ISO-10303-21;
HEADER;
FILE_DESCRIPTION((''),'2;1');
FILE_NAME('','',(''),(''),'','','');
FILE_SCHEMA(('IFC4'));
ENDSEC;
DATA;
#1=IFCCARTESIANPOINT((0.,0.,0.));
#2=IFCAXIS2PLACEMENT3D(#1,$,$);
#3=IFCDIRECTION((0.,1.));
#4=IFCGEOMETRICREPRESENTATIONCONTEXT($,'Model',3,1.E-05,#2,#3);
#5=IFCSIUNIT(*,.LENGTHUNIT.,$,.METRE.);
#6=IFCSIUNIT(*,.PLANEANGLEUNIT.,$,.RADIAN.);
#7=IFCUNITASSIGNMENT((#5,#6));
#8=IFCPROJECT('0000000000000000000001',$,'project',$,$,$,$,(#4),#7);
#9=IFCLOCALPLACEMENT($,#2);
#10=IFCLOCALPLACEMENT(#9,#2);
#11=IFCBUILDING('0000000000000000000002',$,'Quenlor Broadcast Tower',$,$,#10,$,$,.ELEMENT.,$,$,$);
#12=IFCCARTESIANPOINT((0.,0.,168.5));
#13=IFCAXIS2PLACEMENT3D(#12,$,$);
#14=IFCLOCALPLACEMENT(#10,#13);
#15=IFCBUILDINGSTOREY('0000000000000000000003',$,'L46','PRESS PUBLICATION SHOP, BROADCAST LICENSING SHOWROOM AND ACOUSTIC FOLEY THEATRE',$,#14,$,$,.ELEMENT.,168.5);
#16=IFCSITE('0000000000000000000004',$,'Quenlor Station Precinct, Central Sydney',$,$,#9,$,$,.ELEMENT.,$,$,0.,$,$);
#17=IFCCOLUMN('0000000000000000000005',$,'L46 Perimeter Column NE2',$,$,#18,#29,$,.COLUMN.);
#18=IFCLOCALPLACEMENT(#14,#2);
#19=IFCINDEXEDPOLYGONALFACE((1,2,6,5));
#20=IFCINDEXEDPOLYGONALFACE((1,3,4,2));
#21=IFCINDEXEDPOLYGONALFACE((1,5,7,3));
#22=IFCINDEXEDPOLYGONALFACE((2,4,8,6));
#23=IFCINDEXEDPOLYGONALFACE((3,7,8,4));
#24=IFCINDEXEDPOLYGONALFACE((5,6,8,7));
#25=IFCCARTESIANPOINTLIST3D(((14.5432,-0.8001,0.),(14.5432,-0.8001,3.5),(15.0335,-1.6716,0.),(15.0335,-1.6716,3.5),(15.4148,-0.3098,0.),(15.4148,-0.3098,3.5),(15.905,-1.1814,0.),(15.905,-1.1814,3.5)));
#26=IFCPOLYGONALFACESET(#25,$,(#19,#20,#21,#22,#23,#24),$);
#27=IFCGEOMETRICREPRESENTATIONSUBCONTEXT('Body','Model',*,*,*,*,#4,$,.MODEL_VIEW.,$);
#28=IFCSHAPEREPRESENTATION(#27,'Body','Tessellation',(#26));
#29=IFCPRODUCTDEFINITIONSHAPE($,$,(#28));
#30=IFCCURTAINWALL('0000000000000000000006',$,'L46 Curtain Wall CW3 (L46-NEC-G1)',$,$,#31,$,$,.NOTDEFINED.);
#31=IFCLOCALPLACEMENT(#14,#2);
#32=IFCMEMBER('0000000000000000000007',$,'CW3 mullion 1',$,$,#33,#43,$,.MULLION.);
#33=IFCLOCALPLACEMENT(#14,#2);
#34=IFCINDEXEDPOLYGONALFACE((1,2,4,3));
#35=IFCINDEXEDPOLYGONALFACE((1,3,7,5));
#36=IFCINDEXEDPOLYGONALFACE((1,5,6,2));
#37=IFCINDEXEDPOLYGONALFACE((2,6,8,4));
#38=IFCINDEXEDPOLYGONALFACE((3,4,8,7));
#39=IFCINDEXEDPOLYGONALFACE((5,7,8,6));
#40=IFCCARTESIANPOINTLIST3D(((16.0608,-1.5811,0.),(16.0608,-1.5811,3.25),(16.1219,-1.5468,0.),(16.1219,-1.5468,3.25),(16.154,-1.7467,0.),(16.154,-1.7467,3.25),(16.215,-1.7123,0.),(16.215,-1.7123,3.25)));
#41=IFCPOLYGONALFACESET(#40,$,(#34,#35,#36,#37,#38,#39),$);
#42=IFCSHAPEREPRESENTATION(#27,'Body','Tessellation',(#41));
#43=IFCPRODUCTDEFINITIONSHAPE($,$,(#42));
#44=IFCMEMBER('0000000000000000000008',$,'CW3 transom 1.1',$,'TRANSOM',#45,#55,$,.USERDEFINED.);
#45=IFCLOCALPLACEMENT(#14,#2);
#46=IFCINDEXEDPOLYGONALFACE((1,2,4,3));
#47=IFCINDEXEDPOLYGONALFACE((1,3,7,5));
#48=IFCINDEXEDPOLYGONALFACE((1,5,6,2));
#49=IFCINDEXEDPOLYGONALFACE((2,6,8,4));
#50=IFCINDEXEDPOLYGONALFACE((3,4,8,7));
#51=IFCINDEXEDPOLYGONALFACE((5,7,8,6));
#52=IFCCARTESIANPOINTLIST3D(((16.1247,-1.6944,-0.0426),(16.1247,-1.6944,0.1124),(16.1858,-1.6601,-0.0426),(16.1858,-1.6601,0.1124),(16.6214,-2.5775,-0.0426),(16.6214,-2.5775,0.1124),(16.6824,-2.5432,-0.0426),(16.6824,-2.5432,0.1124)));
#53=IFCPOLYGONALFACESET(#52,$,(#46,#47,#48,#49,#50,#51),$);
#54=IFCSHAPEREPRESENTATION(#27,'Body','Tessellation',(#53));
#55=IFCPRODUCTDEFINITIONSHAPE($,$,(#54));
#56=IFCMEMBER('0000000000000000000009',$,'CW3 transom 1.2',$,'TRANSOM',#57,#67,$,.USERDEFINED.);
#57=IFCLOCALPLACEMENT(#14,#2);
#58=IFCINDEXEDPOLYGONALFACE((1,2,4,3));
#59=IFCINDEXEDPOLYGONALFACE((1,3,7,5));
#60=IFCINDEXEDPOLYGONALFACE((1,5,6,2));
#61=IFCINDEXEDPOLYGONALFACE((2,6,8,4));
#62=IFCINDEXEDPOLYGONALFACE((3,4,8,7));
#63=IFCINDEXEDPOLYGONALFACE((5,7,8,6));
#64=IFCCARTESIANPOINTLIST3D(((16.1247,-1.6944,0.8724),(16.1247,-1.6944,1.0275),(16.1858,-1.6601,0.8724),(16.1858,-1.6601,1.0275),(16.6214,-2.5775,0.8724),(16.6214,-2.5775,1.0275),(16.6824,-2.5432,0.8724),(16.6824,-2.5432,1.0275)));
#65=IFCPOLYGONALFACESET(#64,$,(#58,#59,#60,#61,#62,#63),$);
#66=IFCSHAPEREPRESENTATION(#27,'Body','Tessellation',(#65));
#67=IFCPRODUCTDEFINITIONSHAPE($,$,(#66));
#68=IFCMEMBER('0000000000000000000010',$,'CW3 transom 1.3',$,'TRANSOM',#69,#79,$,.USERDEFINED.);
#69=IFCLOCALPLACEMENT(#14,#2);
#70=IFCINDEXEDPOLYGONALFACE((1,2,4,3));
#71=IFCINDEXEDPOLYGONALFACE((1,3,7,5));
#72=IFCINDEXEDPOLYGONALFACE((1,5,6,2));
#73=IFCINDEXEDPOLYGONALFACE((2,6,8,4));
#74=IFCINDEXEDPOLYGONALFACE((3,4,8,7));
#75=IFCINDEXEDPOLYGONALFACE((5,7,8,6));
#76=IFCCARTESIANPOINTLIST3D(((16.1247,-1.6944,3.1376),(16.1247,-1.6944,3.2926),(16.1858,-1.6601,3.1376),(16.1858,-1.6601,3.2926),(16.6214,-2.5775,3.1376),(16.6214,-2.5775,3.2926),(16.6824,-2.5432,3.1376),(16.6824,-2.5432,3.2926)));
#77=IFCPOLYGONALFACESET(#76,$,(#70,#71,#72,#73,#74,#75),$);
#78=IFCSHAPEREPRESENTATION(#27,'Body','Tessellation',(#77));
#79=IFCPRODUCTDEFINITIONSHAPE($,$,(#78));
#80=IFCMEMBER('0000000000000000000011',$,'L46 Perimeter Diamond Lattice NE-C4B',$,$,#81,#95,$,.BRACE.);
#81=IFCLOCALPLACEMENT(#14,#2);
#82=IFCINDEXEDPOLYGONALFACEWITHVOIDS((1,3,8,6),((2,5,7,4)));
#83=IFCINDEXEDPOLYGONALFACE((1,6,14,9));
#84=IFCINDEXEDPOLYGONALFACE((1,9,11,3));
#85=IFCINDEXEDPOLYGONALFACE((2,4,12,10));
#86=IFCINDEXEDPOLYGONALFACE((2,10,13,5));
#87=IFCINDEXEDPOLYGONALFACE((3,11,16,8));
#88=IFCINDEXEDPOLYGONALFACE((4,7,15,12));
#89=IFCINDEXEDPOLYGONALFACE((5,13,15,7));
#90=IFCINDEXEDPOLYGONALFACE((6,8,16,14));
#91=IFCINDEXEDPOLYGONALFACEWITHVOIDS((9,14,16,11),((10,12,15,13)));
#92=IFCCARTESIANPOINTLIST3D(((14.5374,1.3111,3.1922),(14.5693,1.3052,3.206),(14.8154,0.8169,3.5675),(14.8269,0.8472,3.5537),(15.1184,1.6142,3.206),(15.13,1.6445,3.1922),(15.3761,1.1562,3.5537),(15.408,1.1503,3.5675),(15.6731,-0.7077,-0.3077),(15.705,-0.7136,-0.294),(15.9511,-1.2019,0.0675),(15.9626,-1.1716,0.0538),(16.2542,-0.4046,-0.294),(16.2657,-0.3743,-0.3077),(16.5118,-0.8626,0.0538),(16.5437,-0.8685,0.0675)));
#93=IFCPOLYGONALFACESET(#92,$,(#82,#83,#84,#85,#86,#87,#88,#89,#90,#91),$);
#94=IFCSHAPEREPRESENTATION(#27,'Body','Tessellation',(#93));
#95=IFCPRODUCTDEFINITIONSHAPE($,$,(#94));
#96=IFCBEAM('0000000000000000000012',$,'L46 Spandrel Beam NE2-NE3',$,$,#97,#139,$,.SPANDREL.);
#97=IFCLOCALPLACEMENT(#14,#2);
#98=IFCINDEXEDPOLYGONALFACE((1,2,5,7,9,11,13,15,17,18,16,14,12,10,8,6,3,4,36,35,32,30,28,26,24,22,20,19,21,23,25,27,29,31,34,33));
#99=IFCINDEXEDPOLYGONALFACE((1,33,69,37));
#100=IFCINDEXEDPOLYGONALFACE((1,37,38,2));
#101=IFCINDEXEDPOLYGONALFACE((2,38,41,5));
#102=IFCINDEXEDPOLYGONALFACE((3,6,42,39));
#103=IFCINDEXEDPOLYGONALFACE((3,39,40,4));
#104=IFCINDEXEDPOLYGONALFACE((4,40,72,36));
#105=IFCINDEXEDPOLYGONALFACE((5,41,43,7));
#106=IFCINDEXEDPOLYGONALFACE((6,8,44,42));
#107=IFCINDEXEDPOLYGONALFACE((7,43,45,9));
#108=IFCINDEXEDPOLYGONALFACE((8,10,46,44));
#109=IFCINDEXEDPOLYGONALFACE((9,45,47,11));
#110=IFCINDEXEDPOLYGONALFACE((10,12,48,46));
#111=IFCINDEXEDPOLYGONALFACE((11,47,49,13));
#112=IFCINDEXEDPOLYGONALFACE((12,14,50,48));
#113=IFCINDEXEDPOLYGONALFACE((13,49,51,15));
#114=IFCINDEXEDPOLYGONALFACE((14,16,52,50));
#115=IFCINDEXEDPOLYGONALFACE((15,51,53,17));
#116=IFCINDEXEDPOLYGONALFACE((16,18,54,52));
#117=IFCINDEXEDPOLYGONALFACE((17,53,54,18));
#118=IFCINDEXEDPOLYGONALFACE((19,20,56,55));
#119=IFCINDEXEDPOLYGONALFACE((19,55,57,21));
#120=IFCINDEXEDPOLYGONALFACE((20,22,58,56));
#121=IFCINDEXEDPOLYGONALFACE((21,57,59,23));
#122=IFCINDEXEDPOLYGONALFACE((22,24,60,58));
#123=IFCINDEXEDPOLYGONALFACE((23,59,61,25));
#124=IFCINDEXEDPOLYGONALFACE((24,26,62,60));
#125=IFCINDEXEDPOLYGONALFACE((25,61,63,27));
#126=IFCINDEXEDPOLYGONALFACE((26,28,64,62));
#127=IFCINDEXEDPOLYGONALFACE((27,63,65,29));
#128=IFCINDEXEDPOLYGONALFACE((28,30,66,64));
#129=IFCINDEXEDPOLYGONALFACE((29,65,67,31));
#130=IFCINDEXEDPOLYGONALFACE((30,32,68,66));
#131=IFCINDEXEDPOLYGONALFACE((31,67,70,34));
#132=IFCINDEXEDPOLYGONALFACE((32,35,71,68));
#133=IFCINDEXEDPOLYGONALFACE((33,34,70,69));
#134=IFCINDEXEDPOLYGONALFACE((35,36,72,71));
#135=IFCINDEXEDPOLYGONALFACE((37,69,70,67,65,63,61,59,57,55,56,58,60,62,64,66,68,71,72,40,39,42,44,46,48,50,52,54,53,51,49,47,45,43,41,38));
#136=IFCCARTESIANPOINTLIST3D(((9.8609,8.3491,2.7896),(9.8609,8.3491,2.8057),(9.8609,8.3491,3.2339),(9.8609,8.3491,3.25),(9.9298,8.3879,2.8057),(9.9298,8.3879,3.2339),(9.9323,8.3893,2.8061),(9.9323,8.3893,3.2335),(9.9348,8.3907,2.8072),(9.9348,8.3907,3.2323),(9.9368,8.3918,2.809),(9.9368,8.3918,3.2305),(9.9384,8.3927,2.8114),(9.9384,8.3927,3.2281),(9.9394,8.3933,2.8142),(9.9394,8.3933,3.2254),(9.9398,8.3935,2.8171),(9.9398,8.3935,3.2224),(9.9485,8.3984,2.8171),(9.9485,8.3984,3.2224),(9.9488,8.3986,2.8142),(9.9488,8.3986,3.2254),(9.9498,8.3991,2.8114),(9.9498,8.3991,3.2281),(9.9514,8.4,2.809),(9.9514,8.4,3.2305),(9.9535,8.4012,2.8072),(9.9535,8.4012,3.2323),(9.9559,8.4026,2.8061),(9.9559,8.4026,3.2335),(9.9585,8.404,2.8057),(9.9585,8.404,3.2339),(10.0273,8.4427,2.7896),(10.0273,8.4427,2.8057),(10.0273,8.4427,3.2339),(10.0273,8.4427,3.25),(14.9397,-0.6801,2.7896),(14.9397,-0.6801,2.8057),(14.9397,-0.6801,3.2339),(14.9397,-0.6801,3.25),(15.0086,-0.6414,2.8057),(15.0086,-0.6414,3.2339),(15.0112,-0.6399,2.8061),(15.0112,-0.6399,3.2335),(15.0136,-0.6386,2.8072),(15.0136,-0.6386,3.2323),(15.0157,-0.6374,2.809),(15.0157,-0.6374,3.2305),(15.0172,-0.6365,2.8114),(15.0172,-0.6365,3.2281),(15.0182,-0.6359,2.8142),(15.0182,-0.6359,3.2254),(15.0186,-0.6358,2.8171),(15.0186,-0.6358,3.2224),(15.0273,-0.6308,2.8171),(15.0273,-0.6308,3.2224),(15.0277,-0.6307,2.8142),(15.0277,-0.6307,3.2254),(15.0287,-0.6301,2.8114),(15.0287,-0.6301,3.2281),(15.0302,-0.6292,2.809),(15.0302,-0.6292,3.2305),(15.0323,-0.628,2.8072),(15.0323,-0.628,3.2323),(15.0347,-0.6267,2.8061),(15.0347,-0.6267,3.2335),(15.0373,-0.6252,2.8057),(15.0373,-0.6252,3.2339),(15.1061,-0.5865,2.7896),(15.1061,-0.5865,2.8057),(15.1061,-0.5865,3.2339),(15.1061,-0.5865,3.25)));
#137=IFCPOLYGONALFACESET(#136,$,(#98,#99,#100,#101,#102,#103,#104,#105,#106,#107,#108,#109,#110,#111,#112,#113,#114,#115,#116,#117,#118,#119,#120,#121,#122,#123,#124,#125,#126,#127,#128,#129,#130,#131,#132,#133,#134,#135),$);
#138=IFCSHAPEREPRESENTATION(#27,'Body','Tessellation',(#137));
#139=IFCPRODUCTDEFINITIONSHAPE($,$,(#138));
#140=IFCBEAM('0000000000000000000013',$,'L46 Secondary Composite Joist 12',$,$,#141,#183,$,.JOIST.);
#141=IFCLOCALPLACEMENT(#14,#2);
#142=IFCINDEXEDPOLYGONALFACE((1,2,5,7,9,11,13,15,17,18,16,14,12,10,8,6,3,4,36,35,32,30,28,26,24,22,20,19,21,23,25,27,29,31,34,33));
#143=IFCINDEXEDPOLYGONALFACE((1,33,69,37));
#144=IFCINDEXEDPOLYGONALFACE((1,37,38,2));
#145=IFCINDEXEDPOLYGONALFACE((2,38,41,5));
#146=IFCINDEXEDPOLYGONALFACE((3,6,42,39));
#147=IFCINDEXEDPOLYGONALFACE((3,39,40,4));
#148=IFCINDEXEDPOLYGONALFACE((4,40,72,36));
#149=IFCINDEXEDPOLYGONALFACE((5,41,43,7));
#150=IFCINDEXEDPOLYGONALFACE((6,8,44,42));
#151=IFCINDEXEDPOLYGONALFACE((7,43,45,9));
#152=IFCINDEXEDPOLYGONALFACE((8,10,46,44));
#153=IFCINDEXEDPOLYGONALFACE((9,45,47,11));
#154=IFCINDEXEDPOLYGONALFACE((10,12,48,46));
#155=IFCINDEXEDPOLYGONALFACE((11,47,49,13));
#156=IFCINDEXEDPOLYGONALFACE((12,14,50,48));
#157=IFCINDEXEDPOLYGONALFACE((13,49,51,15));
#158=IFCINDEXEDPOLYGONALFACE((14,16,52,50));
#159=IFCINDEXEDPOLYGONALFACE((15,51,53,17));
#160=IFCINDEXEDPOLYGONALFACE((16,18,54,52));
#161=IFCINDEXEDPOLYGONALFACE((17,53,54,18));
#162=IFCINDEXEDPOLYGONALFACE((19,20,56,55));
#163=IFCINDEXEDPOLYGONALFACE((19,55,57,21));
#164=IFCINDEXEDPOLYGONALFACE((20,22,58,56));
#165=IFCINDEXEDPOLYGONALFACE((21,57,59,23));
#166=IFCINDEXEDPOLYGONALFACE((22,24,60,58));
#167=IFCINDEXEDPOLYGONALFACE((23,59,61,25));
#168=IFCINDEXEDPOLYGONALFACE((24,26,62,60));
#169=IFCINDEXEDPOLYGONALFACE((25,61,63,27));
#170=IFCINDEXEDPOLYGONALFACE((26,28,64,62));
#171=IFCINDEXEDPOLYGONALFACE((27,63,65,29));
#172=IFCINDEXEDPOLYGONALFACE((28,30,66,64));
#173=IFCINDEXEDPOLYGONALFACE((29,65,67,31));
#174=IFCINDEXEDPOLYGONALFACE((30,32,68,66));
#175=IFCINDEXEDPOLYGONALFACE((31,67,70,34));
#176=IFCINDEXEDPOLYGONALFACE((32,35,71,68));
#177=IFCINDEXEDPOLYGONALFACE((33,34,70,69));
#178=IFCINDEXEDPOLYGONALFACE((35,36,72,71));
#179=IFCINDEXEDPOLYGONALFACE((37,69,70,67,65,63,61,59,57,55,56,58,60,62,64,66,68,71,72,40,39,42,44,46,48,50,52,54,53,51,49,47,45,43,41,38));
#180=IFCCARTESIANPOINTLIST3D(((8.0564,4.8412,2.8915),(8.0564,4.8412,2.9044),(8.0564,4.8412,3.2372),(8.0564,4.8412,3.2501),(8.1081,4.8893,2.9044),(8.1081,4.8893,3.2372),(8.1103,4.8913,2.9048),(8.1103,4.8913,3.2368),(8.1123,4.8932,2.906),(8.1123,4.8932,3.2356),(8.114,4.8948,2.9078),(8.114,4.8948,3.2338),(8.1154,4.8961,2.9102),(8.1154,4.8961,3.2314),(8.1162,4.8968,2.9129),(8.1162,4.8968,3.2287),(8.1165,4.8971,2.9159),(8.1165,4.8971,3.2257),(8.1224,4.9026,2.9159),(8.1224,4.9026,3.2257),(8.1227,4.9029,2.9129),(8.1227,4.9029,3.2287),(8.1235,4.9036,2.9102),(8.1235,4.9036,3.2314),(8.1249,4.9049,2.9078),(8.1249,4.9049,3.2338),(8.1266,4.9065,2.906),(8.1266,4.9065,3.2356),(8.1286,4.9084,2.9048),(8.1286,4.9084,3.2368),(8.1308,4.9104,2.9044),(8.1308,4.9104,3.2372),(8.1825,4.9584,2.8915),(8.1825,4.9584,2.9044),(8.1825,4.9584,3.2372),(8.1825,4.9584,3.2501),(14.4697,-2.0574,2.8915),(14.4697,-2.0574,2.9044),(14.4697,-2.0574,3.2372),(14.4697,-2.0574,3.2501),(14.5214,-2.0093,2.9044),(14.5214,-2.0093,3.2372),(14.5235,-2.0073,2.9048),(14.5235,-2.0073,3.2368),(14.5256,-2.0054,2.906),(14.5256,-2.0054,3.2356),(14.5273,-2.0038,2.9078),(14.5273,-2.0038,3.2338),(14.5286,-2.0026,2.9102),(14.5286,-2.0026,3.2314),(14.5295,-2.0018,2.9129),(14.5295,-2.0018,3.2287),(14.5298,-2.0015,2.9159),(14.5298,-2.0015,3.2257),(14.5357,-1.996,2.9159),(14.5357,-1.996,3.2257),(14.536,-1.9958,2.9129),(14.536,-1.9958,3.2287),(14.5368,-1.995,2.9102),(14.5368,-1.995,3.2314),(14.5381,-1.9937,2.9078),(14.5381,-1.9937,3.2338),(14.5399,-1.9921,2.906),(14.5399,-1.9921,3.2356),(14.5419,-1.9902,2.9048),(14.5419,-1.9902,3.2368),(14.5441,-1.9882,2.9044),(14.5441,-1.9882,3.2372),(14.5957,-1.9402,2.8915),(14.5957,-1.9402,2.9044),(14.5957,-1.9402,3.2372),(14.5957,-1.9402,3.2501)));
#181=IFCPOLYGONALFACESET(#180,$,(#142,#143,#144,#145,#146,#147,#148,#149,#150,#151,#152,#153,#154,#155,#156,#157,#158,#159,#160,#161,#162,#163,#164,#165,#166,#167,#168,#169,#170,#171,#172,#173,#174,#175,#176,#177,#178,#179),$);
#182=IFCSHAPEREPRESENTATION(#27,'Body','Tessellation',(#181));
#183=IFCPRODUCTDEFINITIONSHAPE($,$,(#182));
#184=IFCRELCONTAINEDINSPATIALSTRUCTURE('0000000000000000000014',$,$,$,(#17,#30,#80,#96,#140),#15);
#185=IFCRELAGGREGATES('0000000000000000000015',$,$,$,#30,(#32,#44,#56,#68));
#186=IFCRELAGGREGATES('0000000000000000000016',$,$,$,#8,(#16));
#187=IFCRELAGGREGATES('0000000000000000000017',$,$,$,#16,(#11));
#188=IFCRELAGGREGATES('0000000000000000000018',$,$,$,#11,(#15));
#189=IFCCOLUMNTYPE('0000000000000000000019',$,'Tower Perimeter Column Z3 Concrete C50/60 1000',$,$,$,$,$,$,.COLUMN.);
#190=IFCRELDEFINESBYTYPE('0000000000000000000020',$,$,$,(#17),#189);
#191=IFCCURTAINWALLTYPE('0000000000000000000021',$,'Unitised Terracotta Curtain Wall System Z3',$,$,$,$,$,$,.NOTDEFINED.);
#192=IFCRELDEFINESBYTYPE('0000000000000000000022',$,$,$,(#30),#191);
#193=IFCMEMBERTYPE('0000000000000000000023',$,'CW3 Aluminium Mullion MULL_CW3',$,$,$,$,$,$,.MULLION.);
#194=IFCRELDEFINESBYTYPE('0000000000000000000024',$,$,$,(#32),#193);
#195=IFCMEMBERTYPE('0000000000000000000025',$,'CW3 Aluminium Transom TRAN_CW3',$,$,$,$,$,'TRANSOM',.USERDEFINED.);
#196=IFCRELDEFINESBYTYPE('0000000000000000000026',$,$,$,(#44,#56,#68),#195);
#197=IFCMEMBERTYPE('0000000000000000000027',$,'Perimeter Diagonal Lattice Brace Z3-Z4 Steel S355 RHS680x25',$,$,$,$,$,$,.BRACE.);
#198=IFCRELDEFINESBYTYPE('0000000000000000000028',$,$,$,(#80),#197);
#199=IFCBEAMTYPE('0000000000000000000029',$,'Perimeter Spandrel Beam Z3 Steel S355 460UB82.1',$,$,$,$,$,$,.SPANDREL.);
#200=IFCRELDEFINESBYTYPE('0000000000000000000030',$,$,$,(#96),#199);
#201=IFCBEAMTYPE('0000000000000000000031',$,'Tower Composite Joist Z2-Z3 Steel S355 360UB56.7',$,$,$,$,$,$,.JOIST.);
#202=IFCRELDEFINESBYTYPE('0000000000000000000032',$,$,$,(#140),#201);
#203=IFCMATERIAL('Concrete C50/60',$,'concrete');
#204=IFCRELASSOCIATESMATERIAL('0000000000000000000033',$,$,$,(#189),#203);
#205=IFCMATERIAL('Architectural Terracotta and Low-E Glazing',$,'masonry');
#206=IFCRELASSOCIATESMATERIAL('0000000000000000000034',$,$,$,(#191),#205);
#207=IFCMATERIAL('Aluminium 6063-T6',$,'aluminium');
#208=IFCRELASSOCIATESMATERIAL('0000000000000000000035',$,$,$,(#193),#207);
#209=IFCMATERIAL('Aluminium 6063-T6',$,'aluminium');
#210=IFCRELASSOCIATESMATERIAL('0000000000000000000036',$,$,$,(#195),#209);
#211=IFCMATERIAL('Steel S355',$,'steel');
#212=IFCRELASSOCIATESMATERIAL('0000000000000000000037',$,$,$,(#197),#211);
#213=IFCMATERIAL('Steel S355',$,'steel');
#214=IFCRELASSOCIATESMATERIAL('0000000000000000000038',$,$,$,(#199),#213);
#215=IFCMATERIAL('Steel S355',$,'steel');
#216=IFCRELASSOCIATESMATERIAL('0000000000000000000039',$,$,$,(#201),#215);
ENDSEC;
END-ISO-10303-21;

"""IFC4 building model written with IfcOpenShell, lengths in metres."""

from ifc_helpers import new_model, si_unit, direction, frame, origin, origin_2d, place, context, subcontext, project, spatial, rectangle, hollow_rectangle, i_section, extrude, material, material_profile, profile_set, type_object, element, aggregate, save


model = new_model("IFC4")

# Units and contexts
model_context = context("Model", 3, precision=1e-05, world=origin(), true_north=direction((0.0, 1.0)))
body_context = subcontext(model_context, "Body", "Model", "MODEL_VIEW")
ifc_project = project(units=[si_unit("LENGTHUNIT", "METRE"), si_unit("PLANEANGLEUNIT", "RADIAN")], contexts=[model_context])

# Site, building, storey
site_placement = place(None, origin())
site = spatial("IfcSite", under=ifc_project, at=site_placement, Name="Quenlor Station Precinct, Central Sydney", CompositionType="ELEMENT", RefElevation=0.0)
building_placement = place(site_placement, origin())
building = spatial("IfcBuilding", under=site, at=building_placement, Name="Quenlor Broadcast Tower", CompositionType="ELEMENT")
storey_placement = place(building_placement, frame((0.0, 0.0, 168.5)))
storey = spatial("IfcBuildingStorey", under=building, at=storey_placement, Name="L46", Description="PRESS PUBLICATION SHOP, BROADCAST LICENSING SHOWROOM AND ACOUSTIC FOLEY THEATRE", CompositionType="ELEMENT", Elevation=168.5)

# Column
ifc_material_1 = material(Name="Concrete C50/60", Category="concrete")
ifc_material_profile_1 = material_profile(ifc_material_1, rectangle(XDim=1.0, YDim=1.0, at=origin_2d()))
ifc_profile_set_1 = profile_set([ifc_material_profile_1], Name="Concrete C50/60 RC1000x1000")
column_type = type_object("IfcColumnType", Name="Tower Perimeter Column Z3 Concrete C50/60 1000", PredefinedType="COLUMN", material=ifc_profile_set_1)
column_placement = place(storey_placement, frame((15.2241, -0.9907, 0.0), z_axis=(0.0, 0.0, 1.0), x_axis=(0.871575, 0.490262, 0.0)))
element("IfcColumn", 1, at=column_placement, inside=storey, type_object=column_type, Name="L46 Perimeter Column NE2", PredefinedType="COLUMN", context=body_context, shape_type="SweptSolid", body=[
    extrude(rectangle(XDim=1.0, YDim=1.0, at=origin_2d()), origin(), (0.0, 0.0, 1.0), 3.5),
])

# Curtain wall, members
ifc_material_2 = material(Name="Architectural Terracotta and Low-E Glazing", Category="masonry")
curtain_wall_type = type_object("IfcCurtainWallType", Name="Unitised Terracotta Curtain Wall System Z3", PredefinedType="NOTDEFINED", material=ifc_material_2)
curtain_wall_placement = place(storey_placement, origin())
curtain_wall = element("IfcCurtainWall", 2, at=curtain_wall_placement, inside=storey, type_object=curtain_wall_type, Name="L46 Curtain Wall CW3 (L46-NEC-G1)", PredefinedType="NOTDEFINED")
ifc_material_3 = material(Name="Aluminium 6063-T6", Category="aluminium")
ifc_material_profile_2 = material_profile(ifc_material_3, rectangle(XDim=0.0701, YDim=0.1899, at=origin_2d()))
ifc_profile_set_2 = profile_set([ifc_material_profile_2], Name="Aluminium 6063-T6 MULL70x190")
member_type_1 = type_object("IfcMemberType", Name="CW3 Aluminium Mullion MULL_CW3", PredefinedType="MULLION", material=ifc_profile_set_2)
member_1_placement = place(storey_placement, frame((16.1379, -1.6467, 0.0), z_axis=(0.0, 0.0, 1.0), x_axis=(0.87158, 0.490253, 0.0)))
member_1 = element("IfcMember", 3, at=member_1_placement, type_object=member_type_1, Name="CW3 mullion 1", PredefinedType="MULLION", context=body_context, shape_type="SweptSolid", body=[
    extrude(rectangle(XDim=0.0701, YDim=0.1899, at=origin_2d()), origin(), (0.0, 0.0, 1.0), 3.25),
])
ifc_material_4 = material(Name="Aluminium 6063-T6", Category="aluminium")
ifc_material_profile_3 = material_profile(ifc_material_4, rectangle(XDim=0.0701, YDim=0.155, at=origin_2d()))
ifc_profile_set_3 = profile_set([ifc_material_profile_3], Name="Aluminium 6063-T6 TRAN70x155")
member_type_2 = type_object("IfcMemberType", Name="CW3 Aluminium Transom TRAN_CW3", ElementType="TRANSOM", PredefinedType="USERDEFINED", material=ifc_profile_set_3)
member_2_placement = place(storey_placement, frame((16.1553, -1.6772, 0.0349), z_axis=(0.490158, -0.871633, 0.0), x_axis=(0.871633, 0.490158, 0.0)))
member_2 = element("IfcMember", 4, at=member_2_placement, type_object=member_type_2, Name="CW3 transom 1.1", ObjectType="TRANSOM", PredefinedType="USERDEFINED", context=body_context, shape_type="SweptSolid", body=[
    extrude(rectangle(XDim=0.0701, YDim=0.155, at=origin_2d()), origin(), (0.0, 0.0, 1.0), 1.0132),
])
member_3_placement = place(storey_placement, frame((16.1553, -1.6772, 0.95), z_axis=(0.490158, -0.871633, 0.0), x_axis=(0.871633, 0.490158, 0.0)))
member_3 = element("IfcMember", 5, at=member_3_placement, type_object=member_type_2, Name="CW3 transom 1.2", ObjectType="TRANSOM", PredefinedType="USERDEFINED", context=body_context, shape_type="SweptSolid", body=[
    extrude(rectangle(XDim=0.0701, YDim=0.155, at=origin_2d()), origin(), (0.0, 0.0, 1.0), 1.0132),
])
member_4_placement = place(storey_placement, frame((16.1553, -1.6772, 3.2151), z_axis=(0.490158, -0.871633, 0.0), x_axis=(0.871633, 0.490158, 0.0)))
member_4 = element("IfcMember", 6, at=member_4_placement, type_object=member_type_2, Name="CW3 transom 1.3", ObjectType="TRANSOM", PredefinedType="USERDEFINED", context=body_context, shape_type="SweptSolid", body=[
    extrude(rectangle(XDim=0.0701, YDim=0.155, at=origin_2d()), origin(), (0.0, 0.0, 1.0), 1.0132),
])

# Member
ifc_material_5 = material(Name="Steel S355", Category="steel")
ifc_material_profile_4 = material_profile(ifc_material_5, hollow_rectangle(XDim=0.6799, YDim=0.6799, WallThickness=0.0249, at=origin_2d()))
ifc_profile_set_4 = profile_set([ifc_material_profile_4], Name="Steel S355 RHS680x680x25")
member_type_3 = type_object("IfcMemberType", Name="Perimeter Diagonal Lattice Brace Z3-Z4 Steel S355 RHS680x25", PredefinedType="BRACE", material=ifc_profile_set_4)
member_5_placement = place(storey_placement, frame((16.1084, -0.7881, -0.1201), z_axis=(-0.270603, 0.481001, 0.833914), x_axis=(-0.871545, -0.490316, 0.0)))
element("IfcMember", 7, at=member_5_placement, inside=storey, type_object=member_type_3, Name="L46 Perimeter Diamond Lattice NE-C4B", PredefinedType="BRACE", context=body_context, shape_type="SweptSolid", body=[
    extrude(hollow_rectangle(XDim=0.6799, YDim=0.6799, WallThickness=0.0249, at=origin_2d()), origin(), (0.0, 0.0, 1.0), 4.197),
])

# Beams
ifc_material_6 = material(Name="Steel S355", Category="steel")
ifc_material_profile_5 = material_profile(ifc_material_6, i_section(OverallWidth=0.1909, OverallDepth=0.4604, WebThickness=0.01, FlangeThickness=0.0161, FilletRadius=0.0115, at=origin_2d()))
ifc_profile_set_5 = profile_set([ifc_material_profile_5], Name="Steel S355 460UB82.1")
beam_type_1 = type_object("IfcBeamType", Name="Perimeter Spandrel Beam Z3 Steel S355 460UB82.1", PredefinedType="SPANDREL", material=ifc_profile_set_5)
beam_1_placement = place(storey_placement, frame((15.0229, -0.6333, 3.0198), z_axis=(-0.490252, 0.871581, 0.0), x_axis=(-0.871581, -0.490252, 0.0)))
element("IfcBeam", 8, at=beam_1_placement, inside=storey, type_object=beam_type_1, Name="L46 Spandrel Beam NE2-NE3", PredefinedType="SPANDREL", context=body_context, shape_type="SweptSolid", body=[
    extrude(i_section(OverallWidth=0.1909, OverallDepth=0.4604, WebThickness=0.01, FlangeThickness=0.0161, FilletRadius=0.0115, at=origin_2d()), origin(), (0.0, 0.0, 1.0), 10.3596),
])
ifc_material_7 = material(Name="Steel S355", Category="steel")
ifc_material_profile_6 = material_profile(ifc_material_7, i_section(OverallWidth=0.1721, OverallDepth=0.3586, WebThickness=0.0081, FlangeThickness=0.0129, FilletRadius=0.0115, at=origin_2d()))
ifc_profile_set_6 = profile_set([ifc_material_profile_6], Name="Steel S355 360UB56.7")
beam_type_2 = type_object("IfcBeamType", Name="Tower Composite Joist Z2-Z3 Steel S355 360UB56.7", PredefinedType="JOIST", material=ifc_profile_set_6)
beam_2_placement = place(storey_placement, frame((14.5327, -1.9988, 3.0708), z_axis=(-0.680874, 0.732401, 0.0), x_axis=(-0.732401, -0.680874, 0.0)))
element("IfcBeam", 9, at=beam_2_placement, inside=storey, type_object=beam_type_2, Name="L46 Secondary Composite Joist 12", PredefinedType="JOIST", context=body_context, shape_type="SweptSolid", body=[
    extrude(i_section(OverallWidth=0.1721, OverallDepth=0.3586, WebThickness=0.0081, FlangeThickness=0.0129, FilletRadius=0.0115, at=origin_2d()), origin(), (0.0, 0.0, 1.0), 9.4192),
])

aggregate(curtain_wall, [member_1, member_2, member_3, member_4])

save(model, "model.ifc")
